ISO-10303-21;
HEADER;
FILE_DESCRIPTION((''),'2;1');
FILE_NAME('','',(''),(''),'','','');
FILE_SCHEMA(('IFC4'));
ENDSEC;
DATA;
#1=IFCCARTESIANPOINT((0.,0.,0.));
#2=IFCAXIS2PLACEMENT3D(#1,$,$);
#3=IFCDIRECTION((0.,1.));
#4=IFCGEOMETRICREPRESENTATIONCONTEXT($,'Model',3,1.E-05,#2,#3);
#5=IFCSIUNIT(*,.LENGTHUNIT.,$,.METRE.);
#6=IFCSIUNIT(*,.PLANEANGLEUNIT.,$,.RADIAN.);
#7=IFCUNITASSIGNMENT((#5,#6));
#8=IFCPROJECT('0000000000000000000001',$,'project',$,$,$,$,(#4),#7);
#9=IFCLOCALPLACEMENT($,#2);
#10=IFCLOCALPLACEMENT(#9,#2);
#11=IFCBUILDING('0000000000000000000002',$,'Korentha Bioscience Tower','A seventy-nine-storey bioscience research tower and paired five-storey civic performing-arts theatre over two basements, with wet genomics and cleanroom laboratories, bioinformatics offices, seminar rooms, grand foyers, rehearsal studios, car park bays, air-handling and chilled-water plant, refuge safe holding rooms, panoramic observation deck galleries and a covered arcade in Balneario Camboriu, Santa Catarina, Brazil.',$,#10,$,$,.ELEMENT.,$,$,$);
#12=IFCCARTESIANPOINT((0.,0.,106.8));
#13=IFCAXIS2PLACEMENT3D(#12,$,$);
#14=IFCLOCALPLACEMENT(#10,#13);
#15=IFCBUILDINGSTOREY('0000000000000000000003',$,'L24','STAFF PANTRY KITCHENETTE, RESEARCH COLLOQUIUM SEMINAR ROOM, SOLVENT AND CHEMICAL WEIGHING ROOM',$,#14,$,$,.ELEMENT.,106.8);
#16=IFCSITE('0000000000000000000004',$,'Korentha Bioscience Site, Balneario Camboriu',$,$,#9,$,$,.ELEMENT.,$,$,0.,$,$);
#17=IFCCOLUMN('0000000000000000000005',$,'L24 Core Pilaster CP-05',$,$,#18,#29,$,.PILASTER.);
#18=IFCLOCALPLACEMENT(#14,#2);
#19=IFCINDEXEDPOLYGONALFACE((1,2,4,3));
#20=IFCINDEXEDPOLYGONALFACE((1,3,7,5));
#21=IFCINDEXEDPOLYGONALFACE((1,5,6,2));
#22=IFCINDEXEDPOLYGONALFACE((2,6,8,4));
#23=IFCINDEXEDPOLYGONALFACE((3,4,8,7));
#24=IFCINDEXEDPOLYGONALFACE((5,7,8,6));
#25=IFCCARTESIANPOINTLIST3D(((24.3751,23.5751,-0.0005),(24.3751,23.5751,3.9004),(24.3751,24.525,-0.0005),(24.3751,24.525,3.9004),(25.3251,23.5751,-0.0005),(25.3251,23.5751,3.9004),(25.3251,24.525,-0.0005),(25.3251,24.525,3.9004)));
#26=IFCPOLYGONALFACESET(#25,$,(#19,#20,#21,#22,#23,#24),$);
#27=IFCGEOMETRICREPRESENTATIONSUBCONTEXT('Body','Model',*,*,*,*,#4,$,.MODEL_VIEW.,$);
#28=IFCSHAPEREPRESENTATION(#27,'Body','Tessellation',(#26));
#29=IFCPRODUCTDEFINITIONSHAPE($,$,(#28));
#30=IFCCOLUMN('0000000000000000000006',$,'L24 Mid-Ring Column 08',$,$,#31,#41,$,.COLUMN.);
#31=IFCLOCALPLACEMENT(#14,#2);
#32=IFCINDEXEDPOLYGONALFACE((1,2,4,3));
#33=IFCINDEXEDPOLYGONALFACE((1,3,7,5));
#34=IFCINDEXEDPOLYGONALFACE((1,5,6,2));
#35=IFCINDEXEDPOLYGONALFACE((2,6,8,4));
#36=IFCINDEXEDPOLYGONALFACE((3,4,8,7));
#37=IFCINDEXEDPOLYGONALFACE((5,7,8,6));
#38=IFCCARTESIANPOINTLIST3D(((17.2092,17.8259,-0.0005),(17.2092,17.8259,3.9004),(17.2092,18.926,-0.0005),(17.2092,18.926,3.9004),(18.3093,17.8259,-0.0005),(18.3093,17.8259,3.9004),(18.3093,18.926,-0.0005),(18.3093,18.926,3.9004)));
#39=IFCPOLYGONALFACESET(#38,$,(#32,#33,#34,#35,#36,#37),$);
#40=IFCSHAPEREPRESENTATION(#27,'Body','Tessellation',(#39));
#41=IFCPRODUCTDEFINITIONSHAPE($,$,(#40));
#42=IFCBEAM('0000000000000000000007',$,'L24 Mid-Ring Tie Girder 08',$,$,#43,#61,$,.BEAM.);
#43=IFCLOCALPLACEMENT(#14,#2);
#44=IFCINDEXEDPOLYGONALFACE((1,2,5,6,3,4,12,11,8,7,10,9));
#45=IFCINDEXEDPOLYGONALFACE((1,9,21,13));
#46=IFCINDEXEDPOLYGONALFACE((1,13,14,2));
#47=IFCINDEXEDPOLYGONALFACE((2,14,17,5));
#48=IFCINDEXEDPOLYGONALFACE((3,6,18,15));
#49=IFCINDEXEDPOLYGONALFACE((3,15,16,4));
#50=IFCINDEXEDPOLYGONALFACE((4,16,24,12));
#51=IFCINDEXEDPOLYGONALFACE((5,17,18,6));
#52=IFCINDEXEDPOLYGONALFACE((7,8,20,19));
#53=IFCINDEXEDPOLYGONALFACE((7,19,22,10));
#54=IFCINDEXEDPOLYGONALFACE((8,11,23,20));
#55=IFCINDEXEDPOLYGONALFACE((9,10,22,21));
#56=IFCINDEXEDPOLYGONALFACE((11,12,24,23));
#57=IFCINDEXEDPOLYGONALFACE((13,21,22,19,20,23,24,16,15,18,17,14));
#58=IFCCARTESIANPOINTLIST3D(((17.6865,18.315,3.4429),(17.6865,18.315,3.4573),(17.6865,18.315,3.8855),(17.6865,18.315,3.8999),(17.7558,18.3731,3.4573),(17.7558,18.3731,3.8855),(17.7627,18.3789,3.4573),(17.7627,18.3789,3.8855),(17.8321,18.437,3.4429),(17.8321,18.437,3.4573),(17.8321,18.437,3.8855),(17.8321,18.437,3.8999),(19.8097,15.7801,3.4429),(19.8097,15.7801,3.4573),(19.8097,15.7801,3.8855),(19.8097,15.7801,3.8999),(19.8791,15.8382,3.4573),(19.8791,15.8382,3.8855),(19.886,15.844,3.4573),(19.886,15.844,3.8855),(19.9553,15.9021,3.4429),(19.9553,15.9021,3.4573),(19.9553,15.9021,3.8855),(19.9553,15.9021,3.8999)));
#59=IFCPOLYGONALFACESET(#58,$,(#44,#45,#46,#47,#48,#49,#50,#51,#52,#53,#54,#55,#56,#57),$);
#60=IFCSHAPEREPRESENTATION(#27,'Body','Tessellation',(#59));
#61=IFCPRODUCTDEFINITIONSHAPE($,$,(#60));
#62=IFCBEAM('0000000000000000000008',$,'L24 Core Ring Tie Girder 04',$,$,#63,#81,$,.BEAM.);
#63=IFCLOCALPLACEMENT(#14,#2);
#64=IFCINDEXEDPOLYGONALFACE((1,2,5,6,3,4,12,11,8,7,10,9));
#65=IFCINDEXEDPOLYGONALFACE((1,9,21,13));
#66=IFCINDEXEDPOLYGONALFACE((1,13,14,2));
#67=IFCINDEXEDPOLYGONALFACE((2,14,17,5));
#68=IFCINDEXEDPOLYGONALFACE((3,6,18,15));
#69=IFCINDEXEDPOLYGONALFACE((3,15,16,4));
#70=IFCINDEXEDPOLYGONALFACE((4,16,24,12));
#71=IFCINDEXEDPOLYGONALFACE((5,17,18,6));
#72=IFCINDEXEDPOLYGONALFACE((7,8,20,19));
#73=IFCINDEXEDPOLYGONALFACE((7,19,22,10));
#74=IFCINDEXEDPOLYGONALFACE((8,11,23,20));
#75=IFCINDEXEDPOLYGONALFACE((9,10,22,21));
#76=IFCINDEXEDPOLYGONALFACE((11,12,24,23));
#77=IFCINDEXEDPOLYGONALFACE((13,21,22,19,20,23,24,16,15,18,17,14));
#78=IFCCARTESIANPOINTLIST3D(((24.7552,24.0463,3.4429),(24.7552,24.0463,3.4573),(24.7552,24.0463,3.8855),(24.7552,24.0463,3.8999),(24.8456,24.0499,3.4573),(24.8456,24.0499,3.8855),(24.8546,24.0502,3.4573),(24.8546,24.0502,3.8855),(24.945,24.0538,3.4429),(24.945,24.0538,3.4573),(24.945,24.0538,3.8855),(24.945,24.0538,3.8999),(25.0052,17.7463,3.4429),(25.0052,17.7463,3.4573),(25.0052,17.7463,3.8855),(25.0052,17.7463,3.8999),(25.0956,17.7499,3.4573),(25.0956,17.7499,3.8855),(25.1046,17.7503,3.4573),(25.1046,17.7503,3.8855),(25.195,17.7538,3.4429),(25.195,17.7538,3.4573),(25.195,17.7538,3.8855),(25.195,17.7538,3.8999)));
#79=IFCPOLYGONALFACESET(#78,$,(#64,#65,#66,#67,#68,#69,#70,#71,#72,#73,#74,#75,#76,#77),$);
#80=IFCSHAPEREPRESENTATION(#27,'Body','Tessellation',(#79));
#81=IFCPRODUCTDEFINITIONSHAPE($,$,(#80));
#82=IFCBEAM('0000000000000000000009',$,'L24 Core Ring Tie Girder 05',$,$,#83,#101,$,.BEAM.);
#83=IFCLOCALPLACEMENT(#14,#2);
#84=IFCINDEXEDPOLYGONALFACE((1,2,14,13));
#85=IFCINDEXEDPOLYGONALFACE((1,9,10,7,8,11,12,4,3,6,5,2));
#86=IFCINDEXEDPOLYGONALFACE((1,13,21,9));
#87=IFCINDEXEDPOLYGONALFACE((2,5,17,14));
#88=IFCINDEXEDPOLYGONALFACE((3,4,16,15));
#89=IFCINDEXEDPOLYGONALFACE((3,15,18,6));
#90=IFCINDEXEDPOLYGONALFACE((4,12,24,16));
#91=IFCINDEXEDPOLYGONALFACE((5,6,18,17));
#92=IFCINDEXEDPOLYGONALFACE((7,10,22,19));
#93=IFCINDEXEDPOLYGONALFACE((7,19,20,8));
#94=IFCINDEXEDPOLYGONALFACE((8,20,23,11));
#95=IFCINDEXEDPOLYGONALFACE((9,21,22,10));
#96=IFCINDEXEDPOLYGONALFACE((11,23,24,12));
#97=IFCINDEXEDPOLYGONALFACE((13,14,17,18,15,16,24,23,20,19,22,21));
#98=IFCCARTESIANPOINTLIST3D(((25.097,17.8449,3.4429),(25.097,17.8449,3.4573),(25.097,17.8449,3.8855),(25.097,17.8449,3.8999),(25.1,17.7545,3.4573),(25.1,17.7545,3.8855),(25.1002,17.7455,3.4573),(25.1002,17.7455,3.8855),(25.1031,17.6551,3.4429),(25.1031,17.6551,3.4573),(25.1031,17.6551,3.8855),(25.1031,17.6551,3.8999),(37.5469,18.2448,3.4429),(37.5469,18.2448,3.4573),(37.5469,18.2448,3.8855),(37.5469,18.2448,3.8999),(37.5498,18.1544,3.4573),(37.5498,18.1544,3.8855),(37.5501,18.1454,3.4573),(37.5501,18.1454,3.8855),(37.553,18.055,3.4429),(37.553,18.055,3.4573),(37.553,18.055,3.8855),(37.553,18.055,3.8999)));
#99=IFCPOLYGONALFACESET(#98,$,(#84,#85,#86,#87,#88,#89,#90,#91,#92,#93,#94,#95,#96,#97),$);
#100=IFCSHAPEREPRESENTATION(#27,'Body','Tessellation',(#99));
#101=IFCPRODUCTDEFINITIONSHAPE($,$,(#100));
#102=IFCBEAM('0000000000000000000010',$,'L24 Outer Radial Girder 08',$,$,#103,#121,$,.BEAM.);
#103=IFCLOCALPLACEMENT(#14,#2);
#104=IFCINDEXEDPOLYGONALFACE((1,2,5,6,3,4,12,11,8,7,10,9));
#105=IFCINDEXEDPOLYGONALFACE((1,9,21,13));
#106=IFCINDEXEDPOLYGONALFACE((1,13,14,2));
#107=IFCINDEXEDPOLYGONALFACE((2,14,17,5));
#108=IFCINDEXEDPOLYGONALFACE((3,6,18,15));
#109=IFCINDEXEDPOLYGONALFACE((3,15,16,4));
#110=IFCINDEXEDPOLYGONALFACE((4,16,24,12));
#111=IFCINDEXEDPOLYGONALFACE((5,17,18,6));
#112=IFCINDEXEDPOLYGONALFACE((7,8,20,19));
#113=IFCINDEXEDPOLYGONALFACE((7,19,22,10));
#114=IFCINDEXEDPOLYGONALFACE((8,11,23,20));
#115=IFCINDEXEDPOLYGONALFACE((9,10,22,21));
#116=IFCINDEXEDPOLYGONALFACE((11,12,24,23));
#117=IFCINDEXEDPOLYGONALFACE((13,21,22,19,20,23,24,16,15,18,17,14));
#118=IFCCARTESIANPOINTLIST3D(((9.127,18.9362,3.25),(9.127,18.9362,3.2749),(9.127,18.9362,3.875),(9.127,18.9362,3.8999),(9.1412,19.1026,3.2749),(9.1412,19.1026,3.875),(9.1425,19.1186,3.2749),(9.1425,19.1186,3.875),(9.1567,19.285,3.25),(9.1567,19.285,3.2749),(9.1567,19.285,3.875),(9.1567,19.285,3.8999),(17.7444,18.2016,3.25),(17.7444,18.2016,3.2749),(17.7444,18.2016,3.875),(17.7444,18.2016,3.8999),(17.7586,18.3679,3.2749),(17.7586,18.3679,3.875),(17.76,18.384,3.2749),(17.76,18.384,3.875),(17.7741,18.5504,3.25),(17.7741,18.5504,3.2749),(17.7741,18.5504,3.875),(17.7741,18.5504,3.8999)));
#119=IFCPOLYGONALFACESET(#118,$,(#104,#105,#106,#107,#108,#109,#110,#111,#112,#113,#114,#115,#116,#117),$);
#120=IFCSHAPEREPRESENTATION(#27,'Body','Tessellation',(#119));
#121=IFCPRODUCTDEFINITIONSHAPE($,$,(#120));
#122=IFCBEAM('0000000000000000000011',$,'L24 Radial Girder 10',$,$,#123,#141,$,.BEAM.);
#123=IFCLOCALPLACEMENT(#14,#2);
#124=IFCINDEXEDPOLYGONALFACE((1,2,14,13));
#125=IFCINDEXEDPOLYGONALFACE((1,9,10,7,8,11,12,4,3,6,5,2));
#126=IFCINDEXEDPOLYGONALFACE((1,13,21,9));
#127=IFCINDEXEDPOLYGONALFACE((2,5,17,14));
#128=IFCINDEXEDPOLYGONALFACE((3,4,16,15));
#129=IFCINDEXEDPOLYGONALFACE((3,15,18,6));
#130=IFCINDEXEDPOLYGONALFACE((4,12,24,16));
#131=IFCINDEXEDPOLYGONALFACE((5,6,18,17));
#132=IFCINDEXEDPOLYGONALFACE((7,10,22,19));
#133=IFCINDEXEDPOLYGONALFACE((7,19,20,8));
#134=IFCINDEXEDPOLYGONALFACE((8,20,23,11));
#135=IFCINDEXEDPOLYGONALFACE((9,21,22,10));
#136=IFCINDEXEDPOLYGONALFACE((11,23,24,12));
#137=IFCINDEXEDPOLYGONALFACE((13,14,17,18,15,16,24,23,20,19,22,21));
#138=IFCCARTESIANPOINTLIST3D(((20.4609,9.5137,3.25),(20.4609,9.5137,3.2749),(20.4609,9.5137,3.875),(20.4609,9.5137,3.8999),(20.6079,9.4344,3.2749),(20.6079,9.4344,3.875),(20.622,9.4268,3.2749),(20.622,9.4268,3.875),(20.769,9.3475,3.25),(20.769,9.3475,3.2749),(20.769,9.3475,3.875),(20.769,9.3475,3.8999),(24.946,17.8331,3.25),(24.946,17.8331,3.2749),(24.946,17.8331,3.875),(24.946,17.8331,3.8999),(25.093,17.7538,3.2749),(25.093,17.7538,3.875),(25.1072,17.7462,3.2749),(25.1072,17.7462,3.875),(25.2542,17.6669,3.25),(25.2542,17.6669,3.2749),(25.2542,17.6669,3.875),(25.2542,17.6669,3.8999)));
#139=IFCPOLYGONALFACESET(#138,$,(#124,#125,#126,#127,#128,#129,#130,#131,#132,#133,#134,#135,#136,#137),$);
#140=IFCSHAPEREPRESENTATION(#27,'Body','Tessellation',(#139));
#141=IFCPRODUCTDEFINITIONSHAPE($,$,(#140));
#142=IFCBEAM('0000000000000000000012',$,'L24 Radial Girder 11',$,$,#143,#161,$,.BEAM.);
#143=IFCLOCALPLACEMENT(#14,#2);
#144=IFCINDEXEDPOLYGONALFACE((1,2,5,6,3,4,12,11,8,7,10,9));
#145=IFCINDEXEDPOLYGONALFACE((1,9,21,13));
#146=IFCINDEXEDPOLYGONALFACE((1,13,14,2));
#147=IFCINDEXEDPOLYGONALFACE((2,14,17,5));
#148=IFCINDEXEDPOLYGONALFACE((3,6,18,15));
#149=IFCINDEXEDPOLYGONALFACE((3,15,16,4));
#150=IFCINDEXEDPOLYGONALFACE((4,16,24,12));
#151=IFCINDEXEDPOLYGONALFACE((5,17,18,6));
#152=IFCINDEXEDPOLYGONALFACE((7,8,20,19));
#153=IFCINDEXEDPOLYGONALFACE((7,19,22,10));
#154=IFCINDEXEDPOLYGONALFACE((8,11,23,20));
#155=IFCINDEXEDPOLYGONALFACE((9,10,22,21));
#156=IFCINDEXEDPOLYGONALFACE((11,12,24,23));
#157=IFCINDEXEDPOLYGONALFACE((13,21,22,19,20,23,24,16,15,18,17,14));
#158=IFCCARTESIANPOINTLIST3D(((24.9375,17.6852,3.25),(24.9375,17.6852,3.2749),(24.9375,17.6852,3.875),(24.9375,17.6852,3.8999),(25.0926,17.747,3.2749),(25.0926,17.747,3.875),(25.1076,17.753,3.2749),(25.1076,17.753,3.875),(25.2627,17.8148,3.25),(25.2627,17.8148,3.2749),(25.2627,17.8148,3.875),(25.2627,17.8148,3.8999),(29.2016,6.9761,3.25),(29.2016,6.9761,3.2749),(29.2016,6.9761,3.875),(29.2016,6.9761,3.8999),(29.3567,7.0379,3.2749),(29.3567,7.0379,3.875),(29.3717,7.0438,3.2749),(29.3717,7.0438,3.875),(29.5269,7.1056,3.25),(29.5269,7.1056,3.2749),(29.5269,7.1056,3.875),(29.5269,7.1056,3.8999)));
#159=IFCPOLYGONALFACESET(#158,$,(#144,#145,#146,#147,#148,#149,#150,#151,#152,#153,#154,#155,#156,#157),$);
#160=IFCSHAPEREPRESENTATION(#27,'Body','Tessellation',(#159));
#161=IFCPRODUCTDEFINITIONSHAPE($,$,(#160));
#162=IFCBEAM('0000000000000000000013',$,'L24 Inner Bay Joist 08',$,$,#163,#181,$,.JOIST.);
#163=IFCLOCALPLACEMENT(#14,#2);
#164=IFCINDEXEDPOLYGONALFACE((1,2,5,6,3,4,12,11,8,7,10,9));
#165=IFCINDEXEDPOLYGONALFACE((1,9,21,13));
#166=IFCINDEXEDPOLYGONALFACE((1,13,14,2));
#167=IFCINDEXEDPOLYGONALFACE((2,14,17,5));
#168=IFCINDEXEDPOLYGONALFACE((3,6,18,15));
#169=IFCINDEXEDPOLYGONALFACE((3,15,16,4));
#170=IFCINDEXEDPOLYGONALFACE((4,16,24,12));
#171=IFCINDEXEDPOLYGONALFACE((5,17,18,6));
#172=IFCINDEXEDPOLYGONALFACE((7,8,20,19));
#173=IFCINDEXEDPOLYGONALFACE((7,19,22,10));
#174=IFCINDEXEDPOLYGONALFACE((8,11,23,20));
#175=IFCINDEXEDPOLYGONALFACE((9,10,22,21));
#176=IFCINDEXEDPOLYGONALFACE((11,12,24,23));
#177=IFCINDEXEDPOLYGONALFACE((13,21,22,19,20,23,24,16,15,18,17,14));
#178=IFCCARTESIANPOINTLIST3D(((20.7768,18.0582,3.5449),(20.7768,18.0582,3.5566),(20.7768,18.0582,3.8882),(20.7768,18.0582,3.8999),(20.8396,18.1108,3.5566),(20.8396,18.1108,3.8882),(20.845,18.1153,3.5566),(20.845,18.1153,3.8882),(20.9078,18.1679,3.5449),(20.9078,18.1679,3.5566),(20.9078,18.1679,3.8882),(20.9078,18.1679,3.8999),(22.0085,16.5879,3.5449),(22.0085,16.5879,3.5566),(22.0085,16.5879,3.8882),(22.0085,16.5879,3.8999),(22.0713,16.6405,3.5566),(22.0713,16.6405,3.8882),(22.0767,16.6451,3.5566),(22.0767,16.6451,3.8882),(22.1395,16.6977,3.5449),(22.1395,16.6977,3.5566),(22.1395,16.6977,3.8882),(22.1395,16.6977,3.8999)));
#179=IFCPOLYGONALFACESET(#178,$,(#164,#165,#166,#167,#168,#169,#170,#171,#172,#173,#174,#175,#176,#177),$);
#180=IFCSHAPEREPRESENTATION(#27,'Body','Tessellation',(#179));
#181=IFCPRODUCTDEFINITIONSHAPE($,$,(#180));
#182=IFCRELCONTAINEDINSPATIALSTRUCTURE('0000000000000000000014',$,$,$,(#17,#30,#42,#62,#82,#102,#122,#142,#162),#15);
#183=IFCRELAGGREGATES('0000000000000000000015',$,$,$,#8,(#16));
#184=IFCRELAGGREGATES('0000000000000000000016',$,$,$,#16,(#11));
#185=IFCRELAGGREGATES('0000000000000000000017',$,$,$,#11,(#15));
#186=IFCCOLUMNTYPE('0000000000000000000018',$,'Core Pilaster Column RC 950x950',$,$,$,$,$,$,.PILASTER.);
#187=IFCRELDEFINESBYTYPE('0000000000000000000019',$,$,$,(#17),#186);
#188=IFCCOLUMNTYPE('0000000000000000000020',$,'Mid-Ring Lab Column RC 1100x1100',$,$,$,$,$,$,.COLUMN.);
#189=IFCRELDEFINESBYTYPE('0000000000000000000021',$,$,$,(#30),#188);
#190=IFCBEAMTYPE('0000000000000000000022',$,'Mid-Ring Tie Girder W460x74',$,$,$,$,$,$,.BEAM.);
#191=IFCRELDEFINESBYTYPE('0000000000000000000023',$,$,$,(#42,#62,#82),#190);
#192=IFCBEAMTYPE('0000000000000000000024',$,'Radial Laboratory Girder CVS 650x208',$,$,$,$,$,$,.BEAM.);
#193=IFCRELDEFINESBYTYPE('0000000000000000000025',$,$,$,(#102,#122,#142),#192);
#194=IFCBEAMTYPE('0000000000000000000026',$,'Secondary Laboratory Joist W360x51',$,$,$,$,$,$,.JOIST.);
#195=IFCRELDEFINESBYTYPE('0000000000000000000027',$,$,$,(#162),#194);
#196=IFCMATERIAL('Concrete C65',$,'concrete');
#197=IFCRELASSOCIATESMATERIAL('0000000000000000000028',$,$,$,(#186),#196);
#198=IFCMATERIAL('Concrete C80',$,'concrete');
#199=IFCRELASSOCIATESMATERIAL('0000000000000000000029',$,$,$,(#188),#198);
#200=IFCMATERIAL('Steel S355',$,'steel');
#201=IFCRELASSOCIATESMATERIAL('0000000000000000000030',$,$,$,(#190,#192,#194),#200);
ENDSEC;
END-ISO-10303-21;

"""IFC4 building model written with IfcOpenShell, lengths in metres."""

from ifc_helpers import new_model, si_unit, direction, frame, origin, origin_2d, place, context, subcontext, project, spatial, rectangle, i_section, extrude, material, material_profile, profile_set, type_object, element, save


model = new_model("IFC4")

# Units and contexts
model_context = context("Model", 3, precision=1e-05, world=origin(), true_north=direction((0.0, 1.0)))
body_context = subcontext(model_context, "Body", "Model", "MODEL_VIEW")
ifc_project = project(units=[si_unit("LENGTHUNIT", "METRE"), si_unit("PLANEANGLEUNIT", "RADIAN")], contexts=[model_context])

# Site, building, storey
site_placement = place(None, origin())
site = spatial("IfcSite", under=ifc_project, at=site_placement, Name="Korentha Bioscience Site, Balneario Camboriu", CompositionType="ELEMENT", RefElevation=0.0)
building_placement = place(site_placement, origin())
building = spatial("IfcBuilding", under=site, at=building_placement, Name="Korentha Bioscience Tower", Description="A seventy-nine-storey bioscience research tower and paired five-storey civic performing-arts theatre over two basements, with wet genomics and cleanroom laboratories, bioinformatics offices, seminar rooms, grand foyers, rehearsal studios, car park bays, air-handling and chilled-water plant, refuge safe holding rooms, panoramic observation deck galleries and a covered arcade in Balneario Camboriu, Santa Catarina, Brazil.", CompositionType="ELEMENT")
storey_placement = place(building_placement, frame((0.0, 0.0, 106.8)))
storey = spatial("IfcBuildingStorey", under=building, at=storey_placement, Name="L24", Description="STAFF PANTRY KITCHENETTE, RESEARCH COLLOQUIUM SEMINAR ROOM, SOLVENT AND CHEMICAL WEIGHING ROOM", CompositionType="ELEMENT", Elevation=106.8)

# Columns
ifc_material_1 = material(Name="Concrete C65", Category="concrete")
ifc_material_profile_1 = material_profile(ifc_material_1, rectangle(XDim=0.95, YDim=0.95, at=origin_2d()), Name="Concrete C65")
ifc_profile_set_1 = profile_set([ifc_material_profile_1], Name="Concrete C65 (COL-CP09)")
column_type_1 = type_object("IfcColumnType", Name="Core Pilaster Column RC 950x950", PredefinedType="PILASTER", material=ifc_profile_set_1)
column_1_placement = place(storey_placement, frame((24.8501, 24.05, -0.0005), z_axis=(0.0, 0.0, 1.0), x_axis=(1.0, 0.0, 0.0)))
element("IfcColumn", 1, at=column_1_placement, inside=storey, type_object=column_type_1, Name="L24 Core Pilaster CP-05", PredefinedType="PILASTER", context=body_context, shape_type="SweptSolid", body=[
    extrude(rectangle(XDim=0.95, YDim=0.95, at=origin_2d()), origin(), (0.0, 0.0, 1.0), 3.9009),
])
ifc_material_2 = material(Name="Concrete C80", Category="concrete")
ifc_material_profile_2 = material_profile(ifc_material_2, rectangle(XDim=1.1001, YDim=1.1001, at=origin_2d()), Name="Concrete C80")
ifc_profile_set_2 = profile_set([ifc_material_profile_2], Name="Concrete C80 (COL-MR11)")
column_type_2 = type_object("IfcColumnType", Name="Mid-Ring Lab Column RC 1100x1100", PredefinedType="COLUMN", material=ifc_profile_set_2)
column_2_placement = place(storey_placement, frame((17.7593, 18.376, -0.0005), z_axis=(0.0, 0.0, 1.0), x_axis=(1.0, 0.0, 0.0)))
element("IfcColumn", 2, at=column_2_placement, inside=storey, type_object=column_type_2, Name="L24 Mid-Ring Column 08", PredefinedType="COLUMN", context=body_context, shape_type="SweptSolid", body=[
    extrude(rectangle(XDim=1.1001, YDim=1.1001, at=origin_2d()), origin(), (0.0, 0.0, 1.0), 3.9009),
])

# Beams
ifc_material_3 = material(Name="Steel S355", Category="steel")
ifc_material_profile_3 = material_profile(ifc_material_3, i_section(OverallWidth=0.1899, OverallDepth=0.457, WebThickness=0.009, FlangeThickness=0.0144, at=origin_2d()), Name="Steel S355")
ifc_profile_set_3 = profile_set([ifc_material_profile_3], Name="Steel S355 (MB-460)")
beam_type_1 = type_object("IfcBeamType", Name="Mid-Ring Tie Girder W460x74", PredefinedType="BEAM", material=ifc_profile_set_3)
beam_1_placement = place(storey_placement, frame((17.7593, 18.376, 3.6714), z_axis=(0.642121, -0.766603, 0.0), x_axis=(0.766603, 0.642121, 0.0)))
element("IfcBeam", 3, at=beam_1_placement, inside=storey, type_object=beam_type_1, Name="L24 Mid-Ring Tie Girder 08", PredefinedType="BEAM", context=body_context, shape_type="SweptSolid", body=[
    extrude(i_section(OverallWidth=0.1899, OverallDepth=0.457, WebThickness=0.009, FlangeThickness=0.0144, at=origin_2d()), origin(), (0.0, 0.0, 1.0), 3.3066),
])
beam_2_placement = place(storey_placement, frame((24.8501, 24.05, 3.6714), z_axis=(0.039651, -0.999214, 0.0), x_axis=(0.999214, 0.039651, 0.0)))
element("IfcBeam", 4, at=beam_2_placement, inside=storey, type_object=beam_type_1, Name="L24 Core Ring Tie Girder 04", PredefinedType="BEAM", context=body_context, shape_type="SweptSolid", body=[
    extrude(i_section(OverallWidth=0.1899, OverallDepth=0.457, WebThickness=0.009, FlangeThickness=0.0144, at=origin_2d()), origin(), (0.0, 0.0, 1.0), 6.3049),
])
beam_3_placement = place(storey_placement, frame((25.1001, 17.75, 3.6714), z_axis=(0.999485, 0.032104, 0.0), x_axis=(-0.032104, 0.999485, 0.0)))
element("IfcBeam", 5, at=beam_3_placement, inside=storey, type_object=beam_type_1, Name="L24 Core Ring Tie Girder 05", PredefinedType="BEAM", context=body_context, shape_type="SweptSolid", body=[
    extrude(i_section(OverallWidth=0.1899, OverallDepth=0.457, WebThickness=0.009, FlangeThickness=0.0144, at=origin_2d()), origin(), (0.0, 0.0, 1.0), 12.4563),
])
ifc_material_profile_4 = material_profile(ifc_material_3, i_section(OverallWidth=0.3501, OverallDepth=0.6499, WebThickness=0.0161, FlangeThickness=0.0249, at=origin_2d()), Name="Steel S355")
ifc_profile_set_4 = profile_set([ifc_material_profile_4], Name="Steel S355 (RB-650)")
beam_type_2 = type_object("IfcBeamType", Name="Radial Laboratory Girder CVS 650x208", PredefinedType="BEAM", material=ifc_profile_set_4)
beam_4_placement = place(storey_placement, frame((17.7593, 18.376, 3.575), z_axis=(-0.996386, 0.08494, 0.0), x_axis=(-0.08494, -0.996386, 0.0)))
element("IfcBeam", 6, at=beam_4_placement, inside=storey, type_object=beam_type_2, Name="L24 Outer Radial Girder 08", PredefinedType="BEAM", context=body_context, shape_type="SweptSolid", body=[
    extrude(i_section(OverallWidth=0.3501, OverallDepth=0.6499, WebThickness=0.0161, FlangeThickness=0.0249, at=origin_2d()), origin(), (0.0, 0.0, 1.0), 8.6487),
])
beam_5_placement = place(storey_placement, frame((25.1001, 17.75, 3.575), z_axis=(-0.474548, -0.88023, 0.0), x_axis=(0.88023, -0.474548, 0.0)))
element("IfcBeam", 7, at=beam_5_placement, inside=storey, type_object=beam_type_2, Name="L24 Radial Girder 10", PredefinedType="BEAM", context=body_context, shape_type="SweptSolid", body=[
    extrude(i_section(OverallWidth=0.3501, OverallDepth=0.6499, WebThickness=0.0161, FlangeThickness=0.0249, at=origin_2d()), origin(), (0.0, 0.0, 1.0), 9.4514),
])
beam_6_placement = place(storey_placement, frame((25.1001, 17.75, 3.575), z_axis=(0.36993, -0.92906, 0.0), x_axis=(0.92906, 0.36993, 0.0)))
element("IfcBeam", 8, at=beam_6_placement, inside=storey, type_object=beam_type_2, Name="L24 Radial Girder 11", PredefinedType="BEAM", context=body_context, shape_type="SweptSolid", body=[
    extrude(i_section(OverallWidth=0.3501, OverallDepth=0.6499, WebThickness=0.0161, FlangeThickness=0.0249, at=origin_2d()), origin(), (0.0, 0.0, 1.0), 11.5269),
])
ifc_material_profile_5 = material_profile(ifc_material_3, i_section(OverallWidth=0.1709, OverallDepth=0.355, WebThickness=0.0071, FlangeThickness=0.0117, at=origin_2d()), Name="Steel S355")
ifc_profile_set_5 = profile_set([ifc_material_profile_5], Name="Steel S355 (JB-360)")
beam_type_3 = type_object("IfcBeamType", Name="Secondary Laboratory Joist W360x51", PredefinedType="JOIST", material=ifc_profile_set_5)
beam_7_placement = place(storey_placement, frame((20.8423, 18.113, 3.7224), z_axis=(0.642185, -0.766549, 0.0), x_axis=(0.766549, 0.642185, 0.0)))
element("IfcBeam", 9, at=beam_7_placement, inside=storey, type_object=beam_type_3, Name="L24 Inner Bay Joist 08", PredefinedType="JOIST", context=body_context, shape_type="SweptSolid", body=[
    extrude(i_section(OverallWidth=0.1709, OverallDepth=0.355, WebThickness=0.0071, FlangeThickness=0.0117, at=origin_2d()), origin(), (0.0, 0.0, 1.0), 1.918),
])

save(model, "model.ifc")
